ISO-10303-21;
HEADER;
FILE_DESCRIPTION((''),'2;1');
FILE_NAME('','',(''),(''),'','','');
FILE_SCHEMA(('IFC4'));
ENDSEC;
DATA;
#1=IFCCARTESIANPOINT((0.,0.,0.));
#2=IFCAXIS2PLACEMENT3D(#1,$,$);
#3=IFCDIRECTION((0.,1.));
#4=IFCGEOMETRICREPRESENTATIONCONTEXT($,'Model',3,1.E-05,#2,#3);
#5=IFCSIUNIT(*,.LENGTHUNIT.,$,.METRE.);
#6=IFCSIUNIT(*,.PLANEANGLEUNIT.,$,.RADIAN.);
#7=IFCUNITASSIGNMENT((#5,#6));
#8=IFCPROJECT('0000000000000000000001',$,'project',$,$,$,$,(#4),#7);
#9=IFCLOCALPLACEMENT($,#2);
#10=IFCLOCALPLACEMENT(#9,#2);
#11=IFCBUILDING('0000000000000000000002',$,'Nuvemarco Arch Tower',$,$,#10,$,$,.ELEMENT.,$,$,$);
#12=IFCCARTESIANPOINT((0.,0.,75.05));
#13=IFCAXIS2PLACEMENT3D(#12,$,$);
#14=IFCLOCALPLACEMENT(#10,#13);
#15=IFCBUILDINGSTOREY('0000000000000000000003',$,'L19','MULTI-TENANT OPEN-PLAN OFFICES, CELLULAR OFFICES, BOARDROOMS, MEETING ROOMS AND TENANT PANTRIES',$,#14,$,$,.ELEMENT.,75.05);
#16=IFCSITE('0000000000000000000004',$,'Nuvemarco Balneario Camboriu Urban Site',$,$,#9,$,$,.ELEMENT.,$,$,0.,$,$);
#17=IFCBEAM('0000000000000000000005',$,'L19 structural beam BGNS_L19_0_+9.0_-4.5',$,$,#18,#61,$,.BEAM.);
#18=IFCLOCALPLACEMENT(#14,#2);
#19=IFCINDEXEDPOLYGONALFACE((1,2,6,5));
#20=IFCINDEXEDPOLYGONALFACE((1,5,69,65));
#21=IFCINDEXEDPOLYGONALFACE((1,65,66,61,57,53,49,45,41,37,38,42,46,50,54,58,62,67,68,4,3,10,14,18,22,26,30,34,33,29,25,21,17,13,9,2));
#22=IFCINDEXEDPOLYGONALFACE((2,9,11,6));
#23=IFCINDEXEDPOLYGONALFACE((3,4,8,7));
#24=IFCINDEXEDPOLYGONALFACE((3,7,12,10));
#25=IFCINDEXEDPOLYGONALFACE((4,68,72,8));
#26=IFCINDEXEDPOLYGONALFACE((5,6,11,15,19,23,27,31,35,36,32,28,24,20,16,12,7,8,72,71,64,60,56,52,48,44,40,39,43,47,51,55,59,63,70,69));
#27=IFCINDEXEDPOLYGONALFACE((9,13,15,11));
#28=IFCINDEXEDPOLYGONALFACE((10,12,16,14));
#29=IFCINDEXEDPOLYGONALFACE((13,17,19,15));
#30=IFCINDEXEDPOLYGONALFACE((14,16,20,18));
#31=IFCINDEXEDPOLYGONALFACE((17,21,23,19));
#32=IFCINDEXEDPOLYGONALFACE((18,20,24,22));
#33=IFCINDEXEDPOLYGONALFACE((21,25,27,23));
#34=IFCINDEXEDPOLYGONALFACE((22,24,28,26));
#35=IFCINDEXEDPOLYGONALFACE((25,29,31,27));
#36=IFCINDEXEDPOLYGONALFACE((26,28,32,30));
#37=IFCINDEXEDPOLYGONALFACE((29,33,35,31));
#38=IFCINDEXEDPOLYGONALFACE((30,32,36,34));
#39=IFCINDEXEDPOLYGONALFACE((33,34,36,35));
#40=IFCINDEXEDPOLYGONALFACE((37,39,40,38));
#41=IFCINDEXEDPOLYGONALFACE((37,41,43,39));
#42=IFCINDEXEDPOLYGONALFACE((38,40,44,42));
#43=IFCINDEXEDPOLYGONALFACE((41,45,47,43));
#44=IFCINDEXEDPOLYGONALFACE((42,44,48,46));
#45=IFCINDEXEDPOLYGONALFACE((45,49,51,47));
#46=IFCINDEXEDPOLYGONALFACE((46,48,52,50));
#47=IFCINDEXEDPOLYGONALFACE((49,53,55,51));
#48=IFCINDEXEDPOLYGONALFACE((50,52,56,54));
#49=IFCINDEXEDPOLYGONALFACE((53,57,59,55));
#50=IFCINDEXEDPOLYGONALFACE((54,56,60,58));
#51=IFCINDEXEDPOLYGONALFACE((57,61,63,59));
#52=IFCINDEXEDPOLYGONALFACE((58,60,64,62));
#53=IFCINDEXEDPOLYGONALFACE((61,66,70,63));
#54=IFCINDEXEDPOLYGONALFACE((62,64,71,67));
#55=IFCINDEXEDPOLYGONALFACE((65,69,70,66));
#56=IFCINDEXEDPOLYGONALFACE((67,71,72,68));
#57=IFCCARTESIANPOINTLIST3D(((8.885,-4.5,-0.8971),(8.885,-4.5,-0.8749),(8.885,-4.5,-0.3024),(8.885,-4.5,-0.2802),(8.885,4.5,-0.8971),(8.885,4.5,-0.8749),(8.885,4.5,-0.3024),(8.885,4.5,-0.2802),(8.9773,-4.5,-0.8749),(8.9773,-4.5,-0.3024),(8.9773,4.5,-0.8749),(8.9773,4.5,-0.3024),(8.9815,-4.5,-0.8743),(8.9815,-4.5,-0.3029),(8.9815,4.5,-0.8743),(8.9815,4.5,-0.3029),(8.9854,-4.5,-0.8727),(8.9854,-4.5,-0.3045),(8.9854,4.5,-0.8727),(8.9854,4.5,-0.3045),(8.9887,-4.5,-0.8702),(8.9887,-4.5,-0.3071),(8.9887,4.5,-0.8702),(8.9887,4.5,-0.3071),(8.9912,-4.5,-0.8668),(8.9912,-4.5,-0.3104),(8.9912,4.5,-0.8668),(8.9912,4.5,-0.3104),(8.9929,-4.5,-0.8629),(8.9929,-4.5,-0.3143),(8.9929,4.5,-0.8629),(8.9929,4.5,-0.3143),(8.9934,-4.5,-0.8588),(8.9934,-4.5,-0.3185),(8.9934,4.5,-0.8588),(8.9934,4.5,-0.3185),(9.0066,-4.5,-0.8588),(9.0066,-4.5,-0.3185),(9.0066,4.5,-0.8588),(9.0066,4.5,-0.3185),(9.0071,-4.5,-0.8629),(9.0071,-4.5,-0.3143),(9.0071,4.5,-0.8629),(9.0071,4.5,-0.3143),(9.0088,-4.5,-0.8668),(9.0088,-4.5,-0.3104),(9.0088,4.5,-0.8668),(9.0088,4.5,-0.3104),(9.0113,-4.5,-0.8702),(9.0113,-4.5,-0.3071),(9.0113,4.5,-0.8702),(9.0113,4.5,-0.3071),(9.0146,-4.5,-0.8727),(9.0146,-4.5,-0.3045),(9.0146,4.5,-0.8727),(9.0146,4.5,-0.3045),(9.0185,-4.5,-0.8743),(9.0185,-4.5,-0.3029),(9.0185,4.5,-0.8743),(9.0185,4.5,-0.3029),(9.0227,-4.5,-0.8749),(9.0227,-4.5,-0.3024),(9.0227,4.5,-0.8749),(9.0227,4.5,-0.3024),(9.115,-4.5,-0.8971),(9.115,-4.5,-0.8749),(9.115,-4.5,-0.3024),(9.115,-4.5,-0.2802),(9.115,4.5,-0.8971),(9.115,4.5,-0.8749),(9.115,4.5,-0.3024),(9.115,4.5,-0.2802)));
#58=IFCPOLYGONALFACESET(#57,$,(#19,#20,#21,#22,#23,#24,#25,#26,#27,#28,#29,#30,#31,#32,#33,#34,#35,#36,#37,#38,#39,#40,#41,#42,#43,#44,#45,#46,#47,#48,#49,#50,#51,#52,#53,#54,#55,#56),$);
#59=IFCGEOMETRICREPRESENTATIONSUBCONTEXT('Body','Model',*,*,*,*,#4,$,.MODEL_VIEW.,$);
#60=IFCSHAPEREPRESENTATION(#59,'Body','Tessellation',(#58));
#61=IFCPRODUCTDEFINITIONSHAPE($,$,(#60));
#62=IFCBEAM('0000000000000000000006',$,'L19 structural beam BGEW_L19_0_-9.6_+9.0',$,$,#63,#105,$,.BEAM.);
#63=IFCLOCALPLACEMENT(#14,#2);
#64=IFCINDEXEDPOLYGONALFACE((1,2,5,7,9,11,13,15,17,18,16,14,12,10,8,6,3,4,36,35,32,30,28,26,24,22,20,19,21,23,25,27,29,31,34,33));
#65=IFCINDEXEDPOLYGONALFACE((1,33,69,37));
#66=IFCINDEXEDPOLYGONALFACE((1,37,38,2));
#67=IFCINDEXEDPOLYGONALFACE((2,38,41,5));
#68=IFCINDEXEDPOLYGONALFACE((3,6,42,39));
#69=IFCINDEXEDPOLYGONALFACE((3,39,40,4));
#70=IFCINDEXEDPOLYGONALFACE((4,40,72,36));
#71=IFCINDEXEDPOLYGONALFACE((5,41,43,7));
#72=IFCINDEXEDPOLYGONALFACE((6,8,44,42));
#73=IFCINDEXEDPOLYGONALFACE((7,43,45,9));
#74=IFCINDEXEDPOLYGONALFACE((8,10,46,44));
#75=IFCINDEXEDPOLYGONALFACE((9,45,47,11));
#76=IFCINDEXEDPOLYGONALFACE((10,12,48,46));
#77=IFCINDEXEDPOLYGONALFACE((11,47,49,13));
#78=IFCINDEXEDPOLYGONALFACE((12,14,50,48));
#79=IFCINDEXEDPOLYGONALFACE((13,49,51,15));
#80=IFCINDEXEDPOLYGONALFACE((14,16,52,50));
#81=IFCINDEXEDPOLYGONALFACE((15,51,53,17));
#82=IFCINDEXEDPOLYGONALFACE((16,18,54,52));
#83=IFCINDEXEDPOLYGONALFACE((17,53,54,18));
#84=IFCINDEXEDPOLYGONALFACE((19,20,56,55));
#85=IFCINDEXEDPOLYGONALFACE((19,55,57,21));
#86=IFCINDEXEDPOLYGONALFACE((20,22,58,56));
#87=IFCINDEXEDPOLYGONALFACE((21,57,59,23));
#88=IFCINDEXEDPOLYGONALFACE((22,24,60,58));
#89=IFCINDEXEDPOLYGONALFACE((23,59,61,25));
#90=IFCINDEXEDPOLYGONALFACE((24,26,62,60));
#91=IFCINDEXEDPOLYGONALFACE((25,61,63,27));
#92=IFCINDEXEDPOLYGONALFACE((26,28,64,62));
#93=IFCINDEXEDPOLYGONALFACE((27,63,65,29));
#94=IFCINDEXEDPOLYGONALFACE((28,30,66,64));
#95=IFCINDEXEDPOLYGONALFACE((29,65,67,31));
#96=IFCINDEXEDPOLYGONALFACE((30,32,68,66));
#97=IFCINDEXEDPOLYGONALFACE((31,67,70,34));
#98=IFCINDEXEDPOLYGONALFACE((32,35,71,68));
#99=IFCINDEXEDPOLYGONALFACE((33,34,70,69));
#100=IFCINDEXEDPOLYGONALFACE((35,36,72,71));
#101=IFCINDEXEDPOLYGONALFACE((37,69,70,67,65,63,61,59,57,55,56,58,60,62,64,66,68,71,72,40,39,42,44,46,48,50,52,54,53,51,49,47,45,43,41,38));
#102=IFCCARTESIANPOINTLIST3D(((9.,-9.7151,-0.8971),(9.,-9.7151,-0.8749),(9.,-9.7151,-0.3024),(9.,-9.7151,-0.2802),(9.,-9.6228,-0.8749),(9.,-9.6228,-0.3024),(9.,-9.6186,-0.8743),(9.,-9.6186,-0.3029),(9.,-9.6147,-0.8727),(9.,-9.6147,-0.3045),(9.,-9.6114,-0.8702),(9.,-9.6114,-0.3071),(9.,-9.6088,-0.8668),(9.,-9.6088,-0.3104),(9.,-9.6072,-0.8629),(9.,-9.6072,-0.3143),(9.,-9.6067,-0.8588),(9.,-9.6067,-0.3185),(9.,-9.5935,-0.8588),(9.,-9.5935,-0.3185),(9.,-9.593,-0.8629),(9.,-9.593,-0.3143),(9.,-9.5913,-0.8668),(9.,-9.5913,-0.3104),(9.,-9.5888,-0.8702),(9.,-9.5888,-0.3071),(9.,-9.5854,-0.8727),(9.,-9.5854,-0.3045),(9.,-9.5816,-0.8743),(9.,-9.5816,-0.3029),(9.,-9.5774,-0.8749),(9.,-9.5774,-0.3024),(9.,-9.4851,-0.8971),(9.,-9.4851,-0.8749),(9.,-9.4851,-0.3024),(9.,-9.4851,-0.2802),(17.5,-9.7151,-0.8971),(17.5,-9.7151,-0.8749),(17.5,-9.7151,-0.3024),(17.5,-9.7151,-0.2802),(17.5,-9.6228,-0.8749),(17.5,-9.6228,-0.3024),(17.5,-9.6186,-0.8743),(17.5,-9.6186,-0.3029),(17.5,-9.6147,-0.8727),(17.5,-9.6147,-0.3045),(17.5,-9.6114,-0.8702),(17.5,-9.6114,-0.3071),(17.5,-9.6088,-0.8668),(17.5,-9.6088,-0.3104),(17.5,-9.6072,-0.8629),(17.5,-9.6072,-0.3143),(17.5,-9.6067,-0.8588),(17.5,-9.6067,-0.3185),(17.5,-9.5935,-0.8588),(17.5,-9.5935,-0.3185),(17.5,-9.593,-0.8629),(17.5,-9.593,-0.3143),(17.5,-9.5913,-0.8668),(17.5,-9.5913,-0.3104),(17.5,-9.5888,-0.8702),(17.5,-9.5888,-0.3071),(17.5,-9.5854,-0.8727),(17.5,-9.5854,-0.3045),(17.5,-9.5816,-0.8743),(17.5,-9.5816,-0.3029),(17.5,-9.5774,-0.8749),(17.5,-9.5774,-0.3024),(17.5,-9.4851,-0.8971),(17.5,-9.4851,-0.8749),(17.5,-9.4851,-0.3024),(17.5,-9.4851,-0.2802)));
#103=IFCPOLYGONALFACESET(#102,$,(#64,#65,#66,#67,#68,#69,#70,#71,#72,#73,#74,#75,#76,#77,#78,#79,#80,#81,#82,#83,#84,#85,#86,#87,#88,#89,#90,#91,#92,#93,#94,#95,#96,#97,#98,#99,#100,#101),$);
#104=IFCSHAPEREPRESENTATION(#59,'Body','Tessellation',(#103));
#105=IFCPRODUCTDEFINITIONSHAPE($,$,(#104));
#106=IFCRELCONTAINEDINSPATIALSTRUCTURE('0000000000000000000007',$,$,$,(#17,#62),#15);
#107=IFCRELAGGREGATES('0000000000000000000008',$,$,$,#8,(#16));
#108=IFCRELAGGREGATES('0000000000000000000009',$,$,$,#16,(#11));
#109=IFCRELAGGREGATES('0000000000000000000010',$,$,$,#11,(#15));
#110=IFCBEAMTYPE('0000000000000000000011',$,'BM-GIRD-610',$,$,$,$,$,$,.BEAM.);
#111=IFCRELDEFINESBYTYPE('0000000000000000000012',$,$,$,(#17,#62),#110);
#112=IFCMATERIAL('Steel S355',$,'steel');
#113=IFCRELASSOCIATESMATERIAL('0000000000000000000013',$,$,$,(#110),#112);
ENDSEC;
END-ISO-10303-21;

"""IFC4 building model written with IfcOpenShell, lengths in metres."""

from ifc_helpers import new_model, si_unit, direction, frame, origin, origin_2d, place, context, subcontext, project, spatial, i_section, extrude, material, material_profile, profile_set, type_object, element, save


model = new_model("IFC4")

# Units and contexts
model_context = context("Model", 3, precision=1e-05, world=origin(), true_north=direction((0.0, 1.0)))
body_context = subcontext(model_context, "Body", "Model", "MODEL_VIEW")
ifc_project = project(units=[si_unit("LENGTHUNIT", "METRE"), si_unit("PLANEANGLEUNIT", "RADIAN")], contexts=[model_context])

# Site, building, storey
site_placement = place(None, origin())
site = spatial("IfcSite", under=ifc_project, at=site_placement, Name="Nuvemarco Balneario Camboriu Urban Site", CompositionType="ELEMENT", RefElevation=0.0)
building_placement = place(site_placement, origin())
building = spatial("IfcBuilding", under=site, at=building_placement, Name="Nuvemarco Arch Tower", CompositionType="ELEMENT")
storey_placement = place(building_placement, frame((0.0, 0.0, 75.05)))
storey = spatial("IfcBuildingStorey", under=building, at=storey_placement, Name="L19", Description="MULTI-TENANT OPEN-PLAN OFFICES, CELLULAR OFFICES, BOARDROOMS, MEETING ROOMS AND TENANT PANTRIES", CompositionType="ELEMENT", Elevation=75.05)

# Shared definitions
ifc_material_1 = material(Name="Steel S355", Category="steel")

# Beams
ifc_material_profile_1 = material_profile(ifc_material_1, i_section(OverallWidth=0.23, OverallDepth=0.6169, WebThickness=0.0132, FlangeThickness=0.0222, FilletRadius=0.0161, at=origin_2d()), Name="W610x140")
ifc_profile_set_1 = profile_set([ifc_material_profile_1], Name="Steel S355")
beam_type_1 = type_object("IfcBeamType", Name="BM-GIRD-610", PredefinedType="BEAM", material=ifc_profile_set_1)
beam_1_placement = place(storey_placement, frame((9.0, -4.5, -0.5886), z_axis=(0.0, 1.0, 0.0), x_axis=(-1.0, 0.0, 0.0)))
element("IfcBeam", 1, at=beam_1_placement, inside=storey, type_object=beam_type_1, Name="L19 structural beam BGNS_L19_0_+9.0_-4.5", PredefinedType="BEAM", context=body_context, shape_type="SweptSolid", body=[
    extrude(i_section(OverallWidth=0.23, OverallDepth=0.6169, WebThickness=0.0132, FlangeThickness=0.0222, FilletRadius=0.0161, at=origin_2d()), origin(), (0.0, 0.0, 1.0), 9.0),
])
beam_2_placement = place(storey_placement, frame((9.0, -9.6001, -0.5886), z_axis=(1.0, 0.0, 0.0), x_axis=(0.0, 1.0, 0.0)))
element("IfcBeam", 2, at=beam_2_placement, inside=storey, type_object=beam_type_1, Name="L19 structural beam BGEW_L19_0_-9.6_+9.0", PredefinedType="BEAM", context=body_context, shape_type="SweptSolid", body=[
    extrude(i_section(OverallWidth=0.23, OverallDepth=0.6169, WebThickness=0.0132, FlangeThickness=0.0222, FilletRadius=0.0161, at=origin_2d()), origin(), (0.0, 0.0, 1.0), 8.5),
])

save(model, "model.ifc")
